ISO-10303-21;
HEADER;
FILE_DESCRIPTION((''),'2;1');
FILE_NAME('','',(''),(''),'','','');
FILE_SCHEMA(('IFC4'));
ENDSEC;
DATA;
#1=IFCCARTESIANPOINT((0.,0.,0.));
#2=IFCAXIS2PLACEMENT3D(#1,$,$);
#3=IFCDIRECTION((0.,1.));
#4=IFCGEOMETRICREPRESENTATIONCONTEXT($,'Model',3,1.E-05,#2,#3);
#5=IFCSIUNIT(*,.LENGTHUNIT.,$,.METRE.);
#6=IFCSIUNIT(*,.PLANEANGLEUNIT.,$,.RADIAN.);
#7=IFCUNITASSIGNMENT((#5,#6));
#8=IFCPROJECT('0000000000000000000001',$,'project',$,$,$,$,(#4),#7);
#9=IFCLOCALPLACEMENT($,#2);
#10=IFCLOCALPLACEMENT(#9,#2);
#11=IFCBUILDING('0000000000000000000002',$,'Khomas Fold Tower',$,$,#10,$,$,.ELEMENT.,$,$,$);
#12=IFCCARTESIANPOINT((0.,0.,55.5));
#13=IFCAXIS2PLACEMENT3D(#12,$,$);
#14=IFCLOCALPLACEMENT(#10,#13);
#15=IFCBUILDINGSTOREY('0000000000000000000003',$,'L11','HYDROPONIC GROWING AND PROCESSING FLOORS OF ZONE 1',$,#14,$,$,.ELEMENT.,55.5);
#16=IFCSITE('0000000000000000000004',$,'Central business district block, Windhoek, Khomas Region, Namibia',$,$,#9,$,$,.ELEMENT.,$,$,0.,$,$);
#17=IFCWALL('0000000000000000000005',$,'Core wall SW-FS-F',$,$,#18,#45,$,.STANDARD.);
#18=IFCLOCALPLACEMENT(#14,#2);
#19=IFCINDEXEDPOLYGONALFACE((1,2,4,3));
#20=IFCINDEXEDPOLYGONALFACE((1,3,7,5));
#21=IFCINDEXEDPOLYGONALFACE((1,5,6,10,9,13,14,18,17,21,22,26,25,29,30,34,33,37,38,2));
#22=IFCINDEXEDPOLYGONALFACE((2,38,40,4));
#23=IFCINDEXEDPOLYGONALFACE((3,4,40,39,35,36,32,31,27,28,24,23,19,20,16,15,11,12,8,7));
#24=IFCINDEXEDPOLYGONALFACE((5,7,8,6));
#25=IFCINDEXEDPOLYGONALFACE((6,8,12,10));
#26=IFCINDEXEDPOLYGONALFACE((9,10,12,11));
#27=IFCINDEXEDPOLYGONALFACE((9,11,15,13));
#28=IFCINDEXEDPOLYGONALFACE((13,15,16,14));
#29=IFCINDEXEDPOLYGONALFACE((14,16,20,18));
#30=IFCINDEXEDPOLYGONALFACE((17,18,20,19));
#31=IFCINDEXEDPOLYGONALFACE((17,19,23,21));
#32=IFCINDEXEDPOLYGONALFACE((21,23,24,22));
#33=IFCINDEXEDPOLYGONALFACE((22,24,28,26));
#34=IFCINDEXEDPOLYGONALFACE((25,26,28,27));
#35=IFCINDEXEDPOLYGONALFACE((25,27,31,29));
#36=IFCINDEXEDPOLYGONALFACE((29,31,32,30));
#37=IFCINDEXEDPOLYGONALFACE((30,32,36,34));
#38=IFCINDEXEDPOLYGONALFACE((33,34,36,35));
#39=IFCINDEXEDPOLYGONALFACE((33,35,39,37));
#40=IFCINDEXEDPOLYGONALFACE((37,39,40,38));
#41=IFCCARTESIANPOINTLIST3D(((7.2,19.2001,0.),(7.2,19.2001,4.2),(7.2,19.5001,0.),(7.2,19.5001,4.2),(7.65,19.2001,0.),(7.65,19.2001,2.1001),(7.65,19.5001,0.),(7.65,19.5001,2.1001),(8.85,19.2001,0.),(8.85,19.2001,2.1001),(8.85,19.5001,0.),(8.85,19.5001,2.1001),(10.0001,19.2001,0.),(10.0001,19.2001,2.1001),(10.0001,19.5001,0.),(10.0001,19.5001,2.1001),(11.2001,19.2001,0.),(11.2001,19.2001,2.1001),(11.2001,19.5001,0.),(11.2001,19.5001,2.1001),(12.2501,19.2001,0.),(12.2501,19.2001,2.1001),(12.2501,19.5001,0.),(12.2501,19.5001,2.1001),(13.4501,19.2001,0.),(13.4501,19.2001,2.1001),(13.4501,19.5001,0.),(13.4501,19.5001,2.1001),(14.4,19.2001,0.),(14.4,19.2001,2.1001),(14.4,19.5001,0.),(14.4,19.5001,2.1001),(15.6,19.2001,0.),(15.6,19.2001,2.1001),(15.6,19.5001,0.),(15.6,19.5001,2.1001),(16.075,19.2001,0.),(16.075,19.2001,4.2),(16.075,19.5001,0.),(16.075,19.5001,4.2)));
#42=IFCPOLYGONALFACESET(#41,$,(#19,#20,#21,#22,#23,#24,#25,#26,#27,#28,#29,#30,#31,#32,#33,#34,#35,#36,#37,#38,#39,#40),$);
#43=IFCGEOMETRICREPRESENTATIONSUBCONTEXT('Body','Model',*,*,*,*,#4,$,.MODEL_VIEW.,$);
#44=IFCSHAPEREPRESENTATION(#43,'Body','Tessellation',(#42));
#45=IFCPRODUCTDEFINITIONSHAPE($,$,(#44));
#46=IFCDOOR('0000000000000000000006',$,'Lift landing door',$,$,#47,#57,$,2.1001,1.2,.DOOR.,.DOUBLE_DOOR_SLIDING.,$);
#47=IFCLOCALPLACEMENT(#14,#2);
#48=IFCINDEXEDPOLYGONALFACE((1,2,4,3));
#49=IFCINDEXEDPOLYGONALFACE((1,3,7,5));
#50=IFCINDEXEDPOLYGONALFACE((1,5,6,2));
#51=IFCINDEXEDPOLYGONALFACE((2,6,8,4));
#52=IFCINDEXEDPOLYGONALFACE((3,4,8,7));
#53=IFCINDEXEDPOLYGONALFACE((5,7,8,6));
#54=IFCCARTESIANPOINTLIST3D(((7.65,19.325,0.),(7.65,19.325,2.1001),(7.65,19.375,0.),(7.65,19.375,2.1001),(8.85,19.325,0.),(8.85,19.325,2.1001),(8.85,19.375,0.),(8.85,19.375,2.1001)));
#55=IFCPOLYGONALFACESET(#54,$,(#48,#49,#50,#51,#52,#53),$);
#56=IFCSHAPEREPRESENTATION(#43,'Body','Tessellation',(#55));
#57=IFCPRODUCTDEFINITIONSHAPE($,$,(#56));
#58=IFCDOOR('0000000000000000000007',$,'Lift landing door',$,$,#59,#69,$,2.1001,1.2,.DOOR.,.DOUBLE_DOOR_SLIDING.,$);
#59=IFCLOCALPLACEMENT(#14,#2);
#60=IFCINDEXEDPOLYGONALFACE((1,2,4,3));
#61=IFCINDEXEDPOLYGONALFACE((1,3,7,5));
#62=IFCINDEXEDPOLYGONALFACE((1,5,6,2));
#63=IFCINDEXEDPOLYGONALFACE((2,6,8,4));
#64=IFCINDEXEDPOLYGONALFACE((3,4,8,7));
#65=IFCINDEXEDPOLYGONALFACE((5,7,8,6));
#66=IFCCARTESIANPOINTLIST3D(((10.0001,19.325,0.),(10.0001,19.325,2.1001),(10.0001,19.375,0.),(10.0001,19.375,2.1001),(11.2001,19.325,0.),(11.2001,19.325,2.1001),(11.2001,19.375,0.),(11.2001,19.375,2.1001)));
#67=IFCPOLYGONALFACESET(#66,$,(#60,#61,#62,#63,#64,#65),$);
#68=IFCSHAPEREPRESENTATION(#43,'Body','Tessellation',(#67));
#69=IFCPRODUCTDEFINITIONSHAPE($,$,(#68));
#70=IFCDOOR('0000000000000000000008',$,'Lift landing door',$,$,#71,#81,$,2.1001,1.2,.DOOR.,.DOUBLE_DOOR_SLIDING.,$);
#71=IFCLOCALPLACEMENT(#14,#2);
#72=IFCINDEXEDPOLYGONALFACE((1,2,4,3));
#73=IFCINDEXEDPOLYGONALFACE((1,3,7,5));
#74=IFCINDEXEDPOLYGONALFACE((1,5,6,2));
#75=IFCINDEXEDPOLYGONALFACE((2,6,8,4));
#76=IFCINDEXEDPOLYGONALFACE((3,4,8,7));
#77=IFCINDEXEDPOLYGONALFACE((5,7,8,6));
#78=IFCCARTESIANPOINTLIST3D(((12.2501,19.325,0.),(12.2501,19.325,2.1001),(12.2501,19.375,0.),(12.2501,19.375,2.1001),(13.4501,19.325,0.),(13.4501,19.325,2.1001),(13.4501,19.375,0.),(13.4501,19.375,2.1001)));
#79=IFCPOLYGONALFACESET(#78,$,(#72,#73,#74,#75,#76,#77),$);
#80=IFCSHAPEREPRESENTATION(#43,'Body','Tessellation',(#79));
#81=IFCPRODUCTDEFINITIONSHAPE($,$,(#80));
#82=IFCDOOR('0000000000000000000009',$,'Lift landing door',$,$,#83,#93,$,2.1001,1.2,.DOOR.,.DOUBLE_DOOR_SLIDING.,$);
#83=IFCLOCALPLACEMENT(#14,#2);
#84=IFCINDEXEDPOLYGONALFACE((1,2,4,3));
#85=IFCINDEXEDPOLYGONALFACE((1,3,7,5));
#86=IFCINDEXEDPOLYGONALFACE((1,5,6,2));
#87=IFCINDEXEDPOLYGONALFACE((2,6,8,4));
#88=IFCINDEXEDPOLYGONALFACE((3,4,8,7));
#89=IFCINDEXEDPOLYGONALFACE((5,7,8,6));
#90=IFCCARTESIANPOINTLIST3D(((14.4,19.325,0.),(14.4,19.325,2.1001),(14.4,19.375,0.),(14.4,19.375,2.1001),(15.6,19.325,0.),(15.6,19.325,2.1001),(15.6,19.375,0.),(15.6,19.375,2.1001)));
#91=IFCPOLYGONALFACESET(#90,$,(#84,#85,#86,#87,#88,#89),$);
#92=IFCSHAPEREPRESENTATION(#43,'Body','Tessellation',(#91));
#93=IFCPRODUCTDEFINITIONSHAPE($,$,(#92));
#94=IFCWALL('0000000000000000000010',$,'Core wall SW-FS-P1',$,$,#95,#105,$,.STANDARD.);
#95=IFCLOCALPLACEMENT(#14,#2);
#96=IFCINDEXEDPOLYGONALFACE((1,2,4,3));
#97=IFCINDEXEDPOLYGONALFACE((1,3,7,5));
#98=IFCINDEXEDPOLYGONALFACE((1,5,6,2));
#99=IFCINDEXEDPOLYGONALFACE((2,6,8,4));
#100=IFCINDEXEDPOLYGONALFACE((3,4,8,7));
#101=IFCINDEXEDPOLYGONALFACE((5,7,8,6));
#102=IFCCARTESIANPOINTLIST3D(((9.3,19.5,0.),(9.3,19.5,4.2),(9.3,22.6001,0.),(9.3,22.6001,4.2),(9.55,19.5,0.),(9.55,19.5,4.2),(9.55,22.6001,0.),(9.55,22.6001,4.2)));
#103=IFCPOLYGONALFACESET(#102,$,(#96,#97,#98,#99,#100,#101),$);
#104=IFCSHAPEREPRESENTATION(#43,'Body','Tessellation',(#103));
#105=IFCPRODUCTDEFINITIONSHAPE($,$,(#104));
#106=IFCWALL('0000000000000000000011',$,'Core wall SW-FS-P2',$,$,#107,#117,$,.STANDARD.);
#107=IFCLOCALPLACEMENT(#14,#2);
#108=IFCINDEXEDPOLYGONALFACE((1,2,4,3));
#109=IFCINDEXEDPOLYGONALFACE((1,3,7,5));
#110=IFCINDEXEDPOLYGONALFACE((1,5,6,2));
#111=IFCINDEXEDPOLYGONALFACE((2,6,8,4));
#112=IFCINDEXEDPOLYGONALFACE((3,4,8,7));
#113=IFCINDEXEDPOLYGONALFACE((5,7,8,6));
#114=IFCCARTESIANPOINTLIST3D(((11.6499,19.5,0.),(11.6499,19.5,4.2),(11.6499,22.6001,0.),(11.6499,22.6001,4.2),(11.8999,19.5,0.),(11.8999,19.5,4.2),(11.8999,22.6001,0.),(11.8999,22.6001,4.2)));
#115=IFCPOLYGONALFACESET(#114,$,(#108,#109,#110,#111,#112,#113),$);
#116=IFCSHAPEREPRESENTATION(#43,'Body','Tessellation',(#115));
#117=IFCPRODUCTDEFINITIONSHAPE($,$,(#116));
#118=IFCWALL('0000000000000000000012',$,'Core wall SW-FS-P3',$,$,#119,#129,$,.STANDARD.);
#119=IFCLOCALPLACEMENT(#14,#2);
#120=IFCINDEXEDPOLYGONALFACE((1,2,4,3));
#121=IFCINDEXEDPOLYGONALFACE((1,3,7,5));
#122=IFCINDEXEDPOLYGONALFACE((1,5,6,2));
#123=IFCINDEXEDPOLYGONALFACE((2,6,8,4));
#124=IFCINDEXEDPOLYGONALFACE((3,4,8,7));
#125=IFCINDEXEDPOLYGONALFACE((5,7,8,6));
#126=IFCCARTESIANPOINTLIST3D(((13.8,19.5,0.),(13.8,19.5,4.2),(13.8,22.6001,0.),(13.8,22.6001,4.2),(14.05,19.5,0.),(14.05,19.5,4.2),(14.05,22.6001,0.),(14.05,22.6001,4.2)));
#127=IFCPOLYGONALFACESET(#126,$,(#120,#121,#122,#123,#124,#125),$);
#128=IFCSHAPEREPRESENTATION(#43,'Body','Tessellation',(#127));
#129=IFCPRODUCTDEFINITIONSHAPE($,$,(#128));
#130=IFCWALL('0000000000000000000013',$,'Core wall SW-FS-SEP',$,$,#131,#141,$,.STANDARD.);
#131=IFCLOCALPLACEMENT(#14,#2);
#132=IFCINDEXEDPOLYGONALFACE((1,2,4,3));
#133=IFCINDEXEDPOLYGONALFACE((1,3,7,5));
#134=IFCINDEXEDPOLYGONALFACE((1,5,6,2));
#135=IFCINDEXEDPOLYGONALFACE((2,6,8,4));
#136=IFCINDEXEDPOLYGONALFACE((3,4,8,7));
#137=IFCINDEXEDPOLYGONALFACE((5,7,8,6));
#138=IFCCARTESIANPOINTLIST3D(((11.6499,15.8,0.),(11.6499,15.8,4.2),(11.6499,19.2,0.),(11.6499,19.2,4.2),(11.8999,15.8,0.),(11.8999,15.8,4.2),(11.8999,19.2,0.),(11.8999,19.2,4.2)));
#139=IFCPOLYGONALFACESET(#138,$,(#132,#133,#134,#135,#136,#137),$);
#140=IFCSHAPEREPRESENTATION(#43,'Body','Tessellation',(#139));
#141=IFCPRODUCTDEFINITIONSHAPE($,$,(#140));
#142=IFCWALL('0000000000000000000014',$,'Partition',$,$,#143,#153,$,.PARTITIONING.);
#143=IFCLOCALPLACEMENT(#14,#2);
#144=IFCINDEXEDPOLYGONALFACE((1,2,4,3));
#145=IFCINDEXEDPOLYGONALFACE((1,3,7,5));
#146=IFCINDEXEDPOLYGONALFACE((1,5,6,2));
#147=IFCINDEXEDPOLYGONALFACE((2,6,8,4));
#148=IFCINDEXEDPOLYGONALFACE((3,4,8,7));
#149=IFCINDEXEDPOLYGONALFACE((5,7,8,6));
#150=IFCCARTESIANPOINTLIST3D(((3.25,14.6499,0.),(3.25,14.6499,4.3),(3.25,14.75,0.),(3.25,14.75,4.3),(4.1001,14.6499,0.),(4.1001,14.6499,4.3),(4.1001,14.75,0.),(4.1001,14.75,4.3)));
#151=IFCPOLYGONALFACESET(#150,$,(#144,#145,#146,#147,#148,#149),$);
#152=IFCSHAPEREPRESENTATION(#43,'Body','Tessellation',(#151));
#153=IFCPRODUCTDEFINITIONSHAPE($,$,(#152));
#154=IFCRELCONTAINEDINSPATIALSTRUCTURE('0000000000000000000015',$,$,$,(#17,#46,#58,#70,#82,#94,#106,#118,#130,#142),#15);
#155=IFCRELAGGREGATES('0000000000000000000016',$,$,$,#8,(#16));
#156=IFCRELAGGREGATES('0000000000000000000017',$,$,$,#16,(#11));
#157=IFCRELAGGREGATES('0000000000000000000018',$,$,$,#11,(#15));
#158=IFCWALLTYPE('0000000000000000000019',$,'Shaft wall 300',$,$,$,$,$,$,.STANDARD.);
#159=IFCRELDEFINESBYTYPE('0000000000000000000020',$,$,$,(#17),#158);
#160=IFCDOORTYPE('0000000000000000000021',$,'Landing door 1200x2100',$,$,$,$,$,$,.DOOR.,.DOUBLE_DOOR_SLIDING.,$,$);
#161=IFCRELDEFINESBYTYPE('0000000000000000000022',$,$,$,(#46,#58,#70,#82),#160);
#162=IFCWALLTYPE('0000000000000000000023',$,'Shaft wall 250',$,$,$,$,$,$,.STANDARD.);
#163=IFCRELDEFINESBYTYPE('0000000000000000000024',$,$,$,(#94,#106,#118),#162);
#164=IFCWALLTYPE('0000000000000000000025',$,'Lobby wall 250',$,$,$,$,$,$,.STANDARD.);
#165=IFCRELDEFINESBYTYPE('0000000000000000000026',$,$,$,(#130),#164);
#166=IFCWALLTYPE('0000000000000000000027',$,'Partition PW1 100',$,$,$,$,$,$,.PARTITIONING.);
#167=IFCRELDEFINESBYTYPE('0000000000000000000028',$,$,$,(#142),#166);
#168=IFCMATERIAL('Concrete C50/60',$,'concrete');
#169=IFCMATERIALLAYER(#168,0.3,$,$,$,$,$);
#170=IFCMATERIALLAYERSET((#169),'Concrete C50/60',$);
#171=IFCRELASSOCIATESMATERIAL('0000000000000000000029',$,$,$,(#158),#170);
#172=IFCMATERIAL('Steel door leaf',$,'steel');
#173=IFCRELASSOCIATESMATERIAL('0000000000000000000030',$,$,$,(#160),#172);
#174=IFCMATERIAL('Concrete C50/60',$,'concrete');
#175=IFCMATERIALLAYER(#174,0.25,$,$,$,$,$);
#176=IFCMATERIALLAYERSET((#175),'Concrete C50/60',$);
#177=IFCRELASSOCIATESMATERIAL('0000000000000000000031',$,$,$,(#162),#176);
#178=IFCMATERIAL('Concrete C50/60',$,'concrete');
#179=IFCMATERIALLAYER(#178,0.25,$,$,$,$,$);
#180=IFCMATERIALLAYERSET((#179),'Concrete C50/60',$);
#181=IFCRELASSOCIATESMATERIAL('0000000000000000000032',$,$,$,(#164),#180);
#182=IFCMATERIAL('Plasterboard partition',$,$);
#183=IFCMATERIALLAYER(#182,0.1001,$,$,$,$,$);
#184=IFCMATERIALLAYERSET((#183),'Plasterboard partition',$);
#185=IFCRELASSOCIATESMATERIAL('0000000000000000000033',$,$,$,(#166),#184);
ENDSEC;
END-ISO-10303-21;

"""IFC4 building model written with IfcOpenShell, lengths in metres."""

from ifc_helpers import new_model, si_unit, direction, frame, frame_2d, origin, place, context, subcontext, project, spatial, rectangle, extrude, source, transform, mapped, material, layer, layer_set, type_object, element, fill, save


model = new_model("IFC4")

# Units and contexts
model_context = context("Model", 3, precision=1e-05, world=origin(), true_north=direction((0.0, 1.0)))
body_context = subcontext(model_context, "Body", "Model", "MODEL_VIEW")
ifc_project = project(units=[si_unit("LENGTHUNIT", "METRE"), si_unit("PLANEANGLEUNIT", "RADIAN")], contexts=[model_context])

# Site, building, storey
site_placement = place(None, origin())
site = spatial("IfcSite", under=ifc_project, at=site_placement, Name="Central business district block, Windhoek, Khomas Region, Namibia", CompositionType="ELEMENT", RefElevation=0.0)
building_placement = place(site_placement, origin())
building = spatial("IfcBuilding", under=site, at=building_placement, Name="Khomas Fold Tower", CompositionType="ELEMENT")
storey_placement = place(building_placement, frame((0.0, 0.0, 55.5)))
storey = spatial("IfcBuildingStorey", under=building, at=storey_placement, Name="L11", Description="HYDROPONIC GROWING AND PROCESSING FLOORS OF ZONE 1", CompositionType="ELEMENT", Elevation=55.5)

# Wall, openings, doors
ifc_material_1 = material(Name="Concrete C50/60", Category="concrete")
ifc_layer_1 = layer(ifc_material_1, 0.3)
ifc_layer_set_1 = layer_set([ifc_layer_1], Name="Concrete C50/60")
wall_type_1 = type_object("IfcWallType", Name="Shaft wall 300", PredefinedType="STANDARD", material=ifc_layer_set_1)
shared_shape_1 = source(origin(), body_context, "Body", "SweptSolid", [
    extrude(rectangle(XDim=8.875, YDim=0.3, at=frame_2d((4.4375, 0.0))), origin(), (0.0, 0.0, 1.0), 4.2),
])
wall_1_placement = place(storey_placement, frame((7.2, 19.3501, 0.0), z_axis=(0.0, 0.0, 1.0), x_axis=(1.0, 0.0, 0.0)))
wall_1 = element("IfcWall", 1, at=wall_1_placement, inside=storey, type_object=wall_type_1, Name="Core wall SW-FS-F", PredefinedType="STANDARD", context=body_context, shape_type="MappedRepresentation", body=[
    mapped(shared_shape_1, transform((0.0, 0.0, 0.0))),
])
shared_shape_2 = source(origin(), body_context, "Body", "SweptSolid", [
    extrude(rectangle(XDim=1.2, YDim=2.1001, at=frame_2d((0.6001, 1.05))), frame((0.0, 0.1599, 0.0), z_axis=(0.0, -1.0, 0.0), x_axis=(1.0, 0.0, 0.0)), (0.0, 0.0, 1.0), 0.3201),
])
opening_1_placement = place(wall_1_placement, frame((0.45, 0.0, 0.0)))
opening_1 = element("IfcOpeningElement", 2, at=opening_1_placement, cuts=wall_1, PredefinedType="OPENING", context=body_context, shape_type="MappedRepresentation", body=[
    mapped(shared_shape_2, transform((0.0, 0.0, 0.0))),
])
opening_2_placement = place(wall_1_placement, frame((2.8, 0.0, 0.0)))
opening_2 = element("IfcOpeningElement", 3, at=opening_2_placement, cuts=wall_1, PredefinedType="OPENING", context=body_context, shape_type="MappedRepresentation", body=[
    mapped(shared_shape_2, transform((0.0, 0.0, 0.0))),
])
opening_3_placement = place(wall_1_placement, frame((5.05, 0.0, 0.0)))
opening_3 = element("IfcOpeningElement", 4, at=opening_3_placement, cuts=wall_1, PredefinedType="OPENING", context=body_context, shape_type="MappedRepresentation", body=[
    mapped(shared_shape_2, transform((0.0, 0.0, 0.0))),
])
opening_4_placement = place(wall_1_placement, frame((7.2, 0.0, 0.0)))
opening_4 = element("IfcOpeningElement", 5, at=opening_4_placement, cuts=wall_1, PredefinedType="OPENING", context=body_context, shape_type="MappedRepresentation", body=[
    mapped(shared_shape_2, transform((0.0, 0.0, 0.0))),
])
ifc_material_2 = material(Name="Steel door leaf", Category="steel")
door_type_1 = type_object("IfcDoorType", Name="Landing door 1200x2100", OperationType="DOUBLE_DOOR_SLIDING", PredefinedType="DOOR", material=ifc_material_2)
shared_shape_3 = source(origin(), body_context, "Body", "SweptSolid", [
    extrude(rectangle(XDim=1.2, YDim=2.1001, at=frame_2d((0.6001, 1.05))), frame((0.0, 0.0249, 0.0), z_axis=(0.0, -1.0, 0.0), x_axis=(1.0, 0.0, 0.0)), (0.0, 0.0, 1.0), 0.05),
])
door_1_placement = place(opening_1_placement, origin())
door_1 = element("IfcDoor", 6, at=door_1_placement, inside=storey, type_object=door_type_1, Name="Lift landing door", OperationType="DOUBLE_DOOR_SLIDING", OverallHeight=2.1001, OverallWidth=1.2, PredefinedType="DOOR", context=body_context, shape_type="MappedRepresentation", body=[
    mapped(shared_shape_3, transform((0.0, 0.0, 0.0))),
])
fill(opening_1, door_1)
door_2_placement = place(opening_2_placement, origin())
door_2 = element("IfcDoor", 7, at=door_2_placement, inside=storey, type_object=door_type_1, Name="Lift landing door", OperationType="DOUBLE_DOOR_SLIDING", OverallHeight=2.1001, OverallWidth=1.2, PredefinedType="DOOR", context=body_context, shape_type="MappedRepresentation", body=[
    mapped(shared_shape_3, transform((0.0, 0.0, 0.0))),
])
fill(opening_2, door_2)
door_3_placement = place(opening_3_placement, origin())
door_3 = element("IfcDoor", 8, at=door_3_placement, inside=storey, type_object=door_type_1, Name="Lift landing door", OperationType="DOUBLE_DOOR_SLIDING", OverallHeight=2.1001, OverallWidth=1.2, PredefinedType="DOOR", context=body_context, shape_type="MappedRepresentation", body=[
    mapped(shared_shape_3, transform((0.0, 0.0, 0.0))),
])
fill(opening_3, door_3)
door_4_placement = place(opening_4_placement, origin())
door_4 = element("IfcDoor", 9, at=door_4_placement, inside=storey, type_object=door_type_1, Name="Lift landing door", OperationType="DOUBLE_DOOR_SLIDING", OverallHeight=2.1001, OverallWidth=1.2, PredefinedType="DOOR", context=body_context, shape_type="MappedRepresentation", body=[
    mapped(shared_shape_3, transform((0.0, 0.0, 0.0))),
])
fill(opening_4, door_4)

# Walls
ifc_material_3 = material(Name="Concrete C50/60", Category="concrete")
ifc_layer_2 = layer(ifc_material_3, 0.25)
ifc_layer_set_2 = layer_set([ifc_layer_2], Name="Concrete C50/60")
wall_type_2 = type_object("IfcWallType", Name="Shaft wall 250", PredefinedType="STANDARD", material=ifc_layer_set_2)
shared_shape_4 = source(origin(), body_context, "Body", "SweptSolid", [
    extrude(rectangle(XDim=3.1001, YDim=0.25, at=frame_2d((1.55, 0.0))), origin(), (0.0, 0.0, 1.0), 4.2),
])
for number, where, z_axis, x_axis, name in (
    (10, (9.425, 19.5, 0.0), (0.0, 0.0, 1.0), (0.0, 1.0, 0.0), "Core wall SW-FS-P1"),
    (11, (11.7749, 19.5, 0.0), (0.0, 0.0, 1.0), (0.0, 1.0, 0.0), "Core wall SW-FS-P2"),
    (12, (13.925, 19.5, 0.0), (0.0, 0.0, 1.0), (0.0, 1.0, 0.0), "Core wall SW-FS-P3"),
):
    element("IfcWall", number, at=place(storey_placement, frame(where, z_axis=z_axis, x_axis=x_axis)), inside=storey, type_object=wall_type_2, Name=name, PredefinedType="STANDARD", context=body_context, shape_type="MappedRepresentation", body=[
        mapped(shared_shape_4, transform((0.0, 0.0, 0.0))),
    ])
ifc_material_4 = material(Name="Concrete C50/60", Category="concrete")
ifc_layer_3 = layer(ifc_material_4, 0.25)
ifc_layer_set_3 = layer_set([ifc_layer_3], Name="Concrete C50/60")
wall_type_3 = type_object("IfcWallType", Name="Lobby wall 250", PredefinedType="STANDARD", material=ifc_layer_set_3)
shared_shape_5 = source(origin(), body_context, "Body", "SweptSolid", [
    extrude(rectangle(XDim=3.3999, YDim=0.25, at=frame_2d((1.7, 0.0))), origin(), (0.0, 0.0, 1.0), 4.2),
])
wall_2_placement = place(storey_placement, frame((11.7749, 15.8, 0.0), z_axis=(0.0, 0.0, 1.0), x_axis=(0.0, 1.0, 0.0)))
element("IfcWall", 13, at=wall_2_placement, inside=storey, type_object=wall_type_3, Name="Core wall SW-FS-SEP", PredefinedType="STANDARD", context=body_context, shape_type="MappedRepresentation", body=[
    mapped(shared_shape_5, transform((0.0, 0.0, 0.0))),
])
ifc_material_5 = material(Name="Plasterboard partition")
ifc_layer_4 = layer(ifc_material_5, 0.1001)
ifc_layer_set_4 = layer_set([ifc_layer_4], Name="Plasterboard partition")
wall_type_4 = type_object("IfcWallType", Name="Partition PW1 100", PredefinedType="PARTITIONING", material=ifc_layer_set_4)
shared_shape_6 = source(origin(), body_context, "Body", "SweptSolid", [
    extrude(rectangle(XDim=0.8501, YDim=0.1001, at=frame_2d((0.425, 0.0))), origin(), (0.0, 0.0, 1.0), 4.3),
])
wall_3_placement = place(storey_placement, frame((3.25, 14.7, 0.0), z_axis=(0.0, 0.0, 1.0), x_axis=(1.0, 0.0, 0.0)))
element("IfcWall", 14, at=wall_3_placement, inside=storey, type_object=wall_type_4, Name="Partition", PredefinedType="PARTITIONING", context=body_context, shape_type="MappedRepresentation", body=[
    mapped(shared_shape_6, transform((0.0, 0.0, 0.0))),
])

save(model, "model.ifc")
